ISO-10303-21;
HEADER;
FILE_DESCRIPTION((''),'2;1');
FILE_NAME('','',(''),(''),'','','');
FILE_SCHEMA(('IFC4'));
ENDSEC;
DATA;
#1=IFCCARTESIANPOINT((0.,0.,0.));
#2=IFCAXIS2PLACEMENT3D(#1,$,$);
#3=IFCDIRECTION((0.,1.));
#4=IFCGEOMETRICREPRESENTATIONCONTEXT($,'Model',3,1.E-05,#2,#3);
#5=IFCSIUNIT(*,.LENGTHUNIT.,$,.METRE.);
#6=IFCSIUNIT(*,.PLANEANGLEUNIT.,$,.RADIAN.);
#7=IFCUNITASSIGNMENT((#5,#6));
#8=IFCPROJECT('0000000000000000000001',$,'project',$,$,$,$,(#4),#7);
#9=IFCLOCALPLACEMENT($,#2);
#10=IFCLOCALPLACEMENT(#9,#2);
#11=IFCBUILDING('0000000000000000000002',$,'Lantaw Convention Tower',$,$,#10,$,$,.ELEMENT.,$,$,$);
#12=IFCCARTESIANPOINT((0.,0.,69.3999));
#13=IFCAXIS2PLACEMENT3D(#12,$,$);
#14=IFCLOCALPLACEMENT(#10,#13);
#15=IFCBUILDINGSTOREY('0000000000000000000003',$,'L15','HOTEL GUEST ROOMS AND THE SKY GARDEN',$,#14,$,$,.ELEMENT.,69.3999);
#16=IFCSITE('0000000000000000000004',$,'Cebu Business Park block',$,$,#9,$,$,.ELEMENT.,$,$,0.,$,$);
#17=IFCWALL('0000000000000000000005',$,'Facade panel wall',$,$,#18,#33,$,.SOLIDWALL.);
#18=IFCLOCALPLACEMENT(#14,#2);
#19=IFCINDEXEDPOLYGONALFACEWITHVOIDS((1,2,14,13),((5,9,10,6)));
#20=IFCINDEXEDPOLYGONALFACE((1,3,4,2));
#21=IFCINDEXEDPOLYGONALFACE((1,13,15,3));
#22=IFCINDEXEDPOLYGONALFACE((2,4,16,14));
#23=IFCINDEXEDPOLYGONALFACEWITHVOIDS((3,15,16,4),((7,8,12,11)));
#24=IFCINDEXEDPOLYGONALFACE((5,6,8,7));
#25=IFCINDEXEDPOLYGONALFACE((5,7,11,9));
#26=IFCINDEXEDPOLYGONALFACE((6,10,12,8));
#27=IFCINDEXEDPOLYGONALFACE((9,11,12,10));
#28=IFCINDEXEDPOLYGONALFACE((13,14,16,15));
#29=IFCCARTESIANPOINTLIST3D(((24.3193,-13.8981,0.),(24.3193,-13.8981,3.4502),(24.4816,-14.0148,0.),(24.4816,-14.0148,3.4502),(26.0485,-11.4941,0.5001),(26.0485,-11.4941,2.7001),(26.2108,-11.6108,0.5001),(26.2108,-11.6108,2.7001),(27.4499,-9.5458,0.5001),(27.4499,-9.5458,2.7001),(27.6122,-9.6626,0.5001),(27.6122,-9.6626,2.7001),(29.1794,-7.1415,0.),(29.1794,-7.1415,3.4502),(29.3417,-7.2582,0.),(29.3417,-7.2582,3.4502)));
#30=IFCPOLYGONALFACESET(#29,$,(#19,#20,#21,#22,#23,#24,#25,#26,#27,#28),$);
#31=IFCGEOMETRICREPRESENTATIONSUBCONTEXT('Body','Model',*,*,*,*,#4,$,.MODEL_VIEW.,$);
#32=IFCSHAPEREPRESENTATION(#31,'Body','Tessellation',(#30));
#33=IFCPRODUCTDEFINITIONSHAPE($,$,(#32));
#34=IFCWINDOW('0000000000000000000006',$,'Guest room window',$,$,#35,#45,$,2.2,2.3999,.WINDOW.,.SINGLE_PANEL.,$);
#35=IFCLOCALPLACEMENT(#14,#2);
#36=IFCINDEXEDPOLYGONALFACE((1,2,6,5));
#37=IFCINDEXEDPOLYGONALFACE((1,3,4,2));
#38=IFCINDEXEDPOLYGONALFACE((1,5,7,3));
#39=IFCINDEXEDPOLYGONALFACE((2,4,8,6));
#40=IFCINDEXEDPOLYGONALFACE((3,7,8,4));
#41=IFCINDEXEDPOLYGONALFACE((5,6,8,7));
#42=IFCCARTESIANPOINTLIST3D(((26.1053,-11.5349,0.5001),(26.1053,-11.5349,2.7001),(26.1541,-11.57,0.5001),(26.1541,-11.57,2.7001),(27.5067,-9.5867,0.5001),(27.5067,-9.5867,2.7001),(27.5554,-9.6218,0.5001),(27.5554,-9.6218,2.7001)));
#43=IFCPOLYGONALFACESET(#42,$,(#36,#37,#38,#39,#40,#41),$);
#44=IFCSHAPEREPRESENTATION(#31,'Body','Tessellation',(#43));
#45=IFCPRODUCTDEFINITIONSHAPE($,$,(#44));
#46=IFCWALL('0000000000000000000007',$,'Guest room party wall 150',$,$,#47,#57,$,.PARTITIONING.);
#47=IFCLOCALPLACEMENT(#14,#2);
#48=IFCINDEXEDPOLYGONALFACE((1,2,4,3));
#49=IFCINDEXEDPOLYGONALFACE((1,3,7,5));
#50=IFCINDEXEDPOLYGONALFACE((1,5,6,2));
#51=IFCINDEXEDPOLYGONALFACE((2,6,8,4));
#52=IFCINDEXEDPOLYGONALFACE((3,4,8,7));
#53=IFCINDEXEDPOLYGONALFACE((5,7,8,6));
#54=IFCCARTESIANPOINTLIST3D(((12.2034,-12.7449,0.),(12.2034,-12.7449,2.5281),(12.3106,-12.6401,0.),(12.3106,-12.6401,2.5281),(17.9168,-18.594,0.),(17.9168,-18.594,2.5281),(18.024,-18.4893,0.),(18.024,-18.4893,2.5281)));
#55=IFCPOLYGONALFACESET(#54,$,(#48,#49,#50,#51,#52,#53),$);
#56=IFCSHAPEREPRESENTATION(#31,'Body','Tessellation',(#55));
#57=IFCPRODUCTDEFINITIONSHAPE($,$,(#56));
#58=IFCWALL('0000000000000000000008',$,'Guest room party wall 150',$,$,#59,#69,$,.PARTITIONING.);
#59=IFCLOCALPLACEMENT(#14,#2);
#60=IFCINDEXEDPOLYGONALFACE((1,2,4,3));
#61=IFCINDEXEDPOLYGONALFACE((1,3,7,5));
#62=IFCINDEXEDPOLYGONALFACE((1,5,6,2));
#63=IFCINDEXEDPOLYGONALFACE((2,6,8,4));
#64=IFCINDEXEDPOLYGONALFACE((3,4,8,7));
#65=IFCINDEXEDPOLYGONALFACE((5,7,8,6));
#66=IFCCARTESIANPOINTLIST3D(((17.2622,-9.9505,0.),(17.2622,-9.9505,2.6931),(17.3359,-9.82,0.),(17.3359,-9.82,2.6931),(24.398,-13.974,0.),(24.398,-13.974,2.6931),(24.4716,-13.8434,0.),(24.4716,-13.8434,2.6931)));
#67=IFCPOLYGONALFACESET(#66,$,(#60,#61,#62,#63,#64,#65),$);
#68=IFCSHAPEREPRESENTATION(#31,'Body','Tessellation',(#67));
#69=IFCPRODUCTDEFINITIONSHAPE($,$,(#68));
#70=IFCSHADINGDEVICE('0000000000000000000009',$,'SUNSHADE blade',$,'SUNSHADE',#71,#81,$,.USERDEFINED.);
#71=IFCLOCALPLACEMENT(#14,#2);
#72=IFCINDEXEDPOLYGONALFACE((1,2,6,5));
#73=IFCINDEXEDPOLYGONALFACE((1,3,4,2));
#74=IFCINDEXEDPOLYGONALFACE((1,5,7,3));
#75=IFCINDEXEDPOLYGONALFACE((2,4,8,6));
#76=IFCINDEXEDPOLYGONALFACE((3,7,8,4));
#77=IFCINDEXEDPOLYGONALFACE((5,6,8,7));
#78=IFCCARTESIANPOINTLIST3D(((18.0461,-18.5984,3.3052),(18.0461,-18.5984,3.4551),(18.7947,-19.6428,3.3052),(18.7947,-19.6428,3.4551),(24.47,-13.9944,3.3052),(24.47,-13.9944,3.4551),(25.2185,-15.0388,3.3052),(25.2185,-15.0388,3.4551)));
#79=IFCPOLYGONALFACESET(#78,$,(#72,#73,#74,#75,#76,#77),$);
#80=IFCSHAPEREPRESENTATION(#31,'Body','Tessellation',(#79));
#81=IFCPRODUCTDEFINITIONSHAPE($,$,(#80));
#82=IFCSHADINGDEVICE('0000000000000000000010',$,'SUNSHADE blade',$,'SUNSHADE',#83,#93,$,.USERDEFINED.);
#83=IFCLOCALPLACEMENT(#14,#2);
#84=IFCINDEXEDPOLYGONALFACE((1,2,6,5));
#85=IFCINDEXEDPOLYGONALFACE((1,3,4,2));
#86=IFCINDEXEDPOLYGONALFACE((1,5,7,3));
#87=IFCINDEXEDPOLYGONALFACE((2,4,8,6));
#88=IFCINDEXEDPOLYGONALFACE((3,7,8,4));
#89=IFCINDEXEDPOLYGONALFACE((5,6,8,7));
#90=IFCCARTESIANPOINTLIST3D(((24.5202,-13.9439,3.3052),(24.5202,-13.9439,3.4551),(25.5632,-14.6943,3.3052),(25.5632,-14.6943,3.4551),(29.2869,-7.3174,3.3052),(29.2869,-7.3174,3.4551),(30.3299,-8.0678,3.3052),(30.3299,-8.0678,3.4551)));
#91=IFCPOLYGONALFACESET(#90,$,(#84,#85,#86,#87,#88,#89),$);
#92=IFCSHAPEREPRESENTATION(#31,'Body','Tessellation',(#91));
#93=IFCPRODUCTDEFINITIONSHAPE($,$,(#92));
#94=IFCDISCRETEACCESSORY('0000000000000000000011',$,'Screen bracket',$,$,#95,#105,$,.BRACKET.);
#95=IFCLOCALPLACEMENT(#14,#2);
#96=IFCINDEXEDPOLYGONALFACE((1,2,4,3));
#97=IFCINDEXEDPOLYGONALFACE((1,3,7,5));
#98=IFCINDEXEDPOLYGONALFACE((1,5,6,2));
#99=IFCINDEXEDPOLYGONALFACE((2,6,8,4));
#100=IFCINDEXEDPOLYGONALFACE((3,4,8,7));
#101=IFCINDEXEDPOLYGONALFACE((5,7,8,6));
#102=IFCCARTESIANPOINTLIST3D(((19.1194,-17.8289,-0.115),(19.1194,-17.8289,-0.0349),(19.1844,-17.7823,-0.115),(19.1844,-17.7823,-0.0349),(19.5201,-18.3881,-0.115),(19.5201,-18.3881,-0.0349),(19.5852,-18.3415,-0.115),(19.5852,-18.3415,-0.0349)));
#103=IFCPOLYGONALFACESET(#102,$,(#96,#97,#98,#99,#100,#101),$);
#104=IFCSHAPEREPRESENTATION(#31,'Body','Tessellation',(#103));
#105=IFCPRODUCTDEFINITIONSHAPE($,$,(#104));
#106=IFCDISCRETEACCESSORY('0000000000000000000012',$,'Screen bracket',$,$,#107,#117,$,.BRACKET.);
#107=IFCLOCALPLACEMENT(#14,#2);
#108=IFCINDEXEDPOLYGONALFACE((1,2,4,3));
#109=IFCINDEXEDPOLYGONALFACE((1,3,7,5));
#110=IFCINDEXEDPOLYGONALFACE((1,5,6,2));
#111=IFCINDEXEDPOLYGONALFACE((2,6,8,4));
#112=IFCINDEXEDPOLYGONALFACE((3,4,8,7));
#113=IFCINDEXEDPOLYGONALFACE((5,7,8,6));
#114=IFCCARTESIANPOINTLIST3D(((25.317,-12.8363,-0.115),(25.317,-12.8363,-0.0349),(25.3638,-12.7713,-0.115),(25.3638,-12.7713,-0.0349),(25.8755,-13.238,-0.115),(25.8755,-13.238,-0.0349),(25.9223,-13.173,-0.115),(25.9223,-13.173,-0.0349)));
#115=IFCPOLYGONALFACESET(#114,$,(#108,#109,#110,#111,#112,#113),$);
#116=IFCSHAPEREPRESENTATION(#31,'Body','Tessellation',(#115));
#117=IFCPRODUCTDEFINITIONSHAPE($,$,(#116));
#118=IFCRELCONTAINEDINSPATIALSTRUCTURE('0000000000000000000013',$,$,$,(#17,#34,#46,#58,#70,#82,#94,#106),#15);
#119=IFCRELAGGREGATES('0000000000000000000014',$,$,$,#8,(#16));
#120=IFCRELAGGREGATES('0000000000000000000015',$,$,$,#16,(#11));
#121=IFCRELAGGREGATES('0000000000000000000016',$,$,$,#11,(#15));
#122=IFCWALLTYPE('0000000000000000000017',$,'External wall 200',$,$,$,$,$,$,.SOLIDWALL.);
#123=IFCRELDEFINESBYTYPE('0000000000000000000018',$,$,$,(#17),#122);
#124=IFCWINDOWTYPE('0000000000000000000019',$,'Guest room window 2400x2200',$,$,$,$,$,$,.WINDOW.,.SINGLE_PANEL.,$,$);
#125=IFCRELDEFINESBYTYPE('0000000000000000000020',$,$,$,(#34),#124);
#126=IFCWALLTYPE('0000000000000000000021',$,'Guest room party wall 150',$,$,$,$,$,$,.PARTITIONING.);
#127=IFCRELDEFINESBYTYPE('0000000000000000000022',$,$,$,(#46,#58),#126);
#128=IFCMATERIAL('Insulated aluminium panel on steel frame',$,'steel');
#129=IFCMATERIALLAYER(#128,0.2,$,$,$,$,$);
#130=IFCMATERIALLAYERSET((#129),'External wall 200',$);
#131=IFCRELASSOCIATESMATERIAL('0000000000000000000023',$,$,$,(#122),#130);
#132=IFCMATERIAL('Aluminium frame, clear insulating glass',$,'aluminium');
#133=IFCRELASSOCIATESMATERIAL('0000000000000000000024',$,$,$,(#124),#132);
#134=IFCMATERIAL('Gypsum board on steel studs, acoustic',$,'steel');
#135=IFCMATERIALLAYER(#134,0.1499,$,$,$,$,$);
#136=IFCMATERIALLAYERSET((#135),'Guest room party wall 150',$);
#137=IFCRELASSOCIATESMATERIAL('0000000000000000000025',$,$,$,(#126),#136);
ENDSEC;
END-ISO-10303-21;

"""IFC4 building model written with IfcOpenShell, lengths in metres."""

from ifc_helpers import new_model, si_unit, direction, frame, frame_2d, origin, origin_2d, place, context, subcontext, project, spatial, rectangle, extrude, material, layer, layer_set, type_object, element, fill, save


model = new_model("IFC4")

# Units and contexts
model_context = context("Model", 3, precision=1e-05, world=origin(), true_north=direction((0.0, 1.0)))
body_context = subcontext(model_context, "Body", "Model", "MODEL_VIEW")
ifc_project = project(units=[si_unit("LENGTHUNIT", "METRE"), si_unit("PLANEANGLEUNIT", "RADIAN")], contexts=[model_context])

# Site, building, storey
site_placement = place(None, origin())
site = spatial("IfcSite", under=ifc_project, at=site_placement, Name="Cebu Business Park block", CompositionType="ELEMENT", RefElevation=0.0)
building_placement = place(site_placement, origin())
building = spatial("IfcBuilding", under=site, at=building_placement, Name="Lantaw Convention Tower", CompositionType="ELEMENT")
storey_placement = place(building_placement, frame((0.0, 0.0, 69.3999)))
storey = spatial("IfcBuildingStorey", under=building, at=storey_placement, Name="L15", Description="HOTEL GUEST ROOMS AND THE SKY GARDEN", CompositionType="ELEMENT", Elevation=69.3999)

# Wall, opening, window
ifc_material_1 = material(Name="Insulated aluminium panel on steel frame", Category="steel")
ifc_layer_1 = layer(ifc_material_1, 0.2)
ifc_layer_set_1 = layer_set([ifc_layer_1], Name="External wall 200")
wall_type_1 = type_object("IfcWallType", Name="External wall 200", PredefinedType="SOLIDWALL", material=ifc_layer_set_1)
ifc_material_2 = material(Name="Aluminium frame, clear insulating glass", Category="aluminium")
window_type = type_object("IfcWindowType", Name="Guest room window 2400x2200", PartitioningType="SINGLE_PANEL", PredefinedType="WINDOW", material=ifc_material_2)
wall_1_placement = place(storey_placement, frame((24.4004, -13.9565, 0.0), z_axis=(0.0, 0.0, 1.0), x_axis=(0.583938, 0.811799, 0.0)))
wall_1 = element("IfcWall", 1, at=wall_1_placement, inside=storey, type_object=wall_type_1, Name="Facade panel wall", PredefinedType="SOLIDWALL", context=body_context, shape_type="SweptSolid", body=[
    extrude(rectangle(XDim=8.323, YDim=0.2, at=frame_2d((4.1616, 0.0))), origin(), (0.0, 0.0, 1.0), 3.4502),
])
opening_1_placement = place(wall_1_placement, frame((2.9614, 0.0, 0.5)))
opening_1 = element("IfcOpeningElement", 2, at=opening_1_placement, cuts=wall_1, PredefinedType="OPENING", context=body_context, shape_type="SweptSolid", body=[
    extrude(rectangle(XDim=2.3999, YDim=2.2, at=frame_2d((1.2, 1.1001))), frame((0.0, 0.1099, 0.0), z_axis=(0.0, -1.0, 0.0), x_axis=(1.0, 0.0, 0.0)), (0.0, 0.0, 1.0), 0.22),
])
window_1_placement = place(opening_1_placement, origin())
window_1 = element("IfcWindow", 3, at=window_1_placement, inside=storey, type_object=window_type, Name="Guest room window", OverallHeight=2.2, OverallWidth=2.3999, PartitioningType="SINGLE_PANEL", PredefinedType="WINDOW", context=body_context, shape_type="SweptSolid", body=[
    extrude(rectangle(XDim=2.3999, YDim=2.2, at=frame_2d((1.2, 1.1001))), frame((0.0, 0.03, 0.0), z_axis=(0.0, -1.0, 0.0), x_axis=(1.0, 0.0, 0.0)), (0.0, 0.0, 1.0), 0.0601),
])
fill(opening_1, window_1)

# Walls
ifc_material_3 = material(Name="Gypsum board on steel studs, acoustic", Category="steel")
ifc_layer_2 = layer(ifc_material_3, 0.1499)
ifc_layer_set_2 = layer_set([ifc_layer_2], Name="Guest room party wall 150")
wall_type_2 = type_object("IfcWallType", Name="Guest room party wall 150", PredefinedType="PARTITIONING", material=ifc_layer_set_2)
wall_2_placement = place(storey_placement, frame((17.9705, -18.5417, 0.0), z_axis=(0.0, 0.0, 1.0), x_axis=(-0.698757, 0.715359, 0.0)))
element("IfcWall", 4, at=wall_2_placement, inside=storey, type_object=wall_type_2, Name="Guest room party wall 150", PredefinedType="PARTITIONING", context=body_context, shape_type="SweptSolid", body=[
    extrude(rectangle(XDim=8.1765, YDim=0.1499, at=frame_2d((4.0884, 0.0))), origin(), (0.0, 0.0, 1.0), 2.5281),
])
wall_3_placement = place(storey_placement, frame((24.4348, -13.9087, 0.0), z_axis=(0.0, 0.0, 1.0), x_axis=(-0.871075, 0.49115, 0.0)))
element("IfcWall", 5, at=wall_3_placement, inside=storey, type_object=wall_type_2, Name="Guest room party wall 150", PredefinedType="PARTITIONING", context=body_context, shape_type="SweptSolid", body=[
    extrude(rectangle(XDim=8.1919, YDim=0.1499, at=frame_2d((4.0959, 0.0))), origin(), (0.0, 0.0, 1.0), 2.6931),
])

# Shading devices
shading_device_1_placement = place(storey_placement, frame((21.6323, -16.8186, 3.3052), z_axis=(0.0, 0.0, 1.0), x_axis=(0.812804, 0.582538, 0.0)))
element("IfcShadingDevice", 6, at=shading_device_1_placement, inside=storey, Name="SUNSHADE blade", ObjectType="SUNSHADE", PredefinedType="USERDEFINED", context=body_context, shape_type="SweptSolid", body=[
    extrude(rectangle(XDim=7.9033, YDim=1.2849, at=origin_2d()), origin(), (0.0, 0.0, 1.0), 0.1499),
])
shading_device_2_placement = place(storey_placement, frame((27.425, -11.0059, 3.3052), z_axis=(0.0, 0.0, 1.0), x_axis=(0.583951, 0.811789, 0.0)))
element("IfcShadingDevice", 7, at=shading_device_2_placement, inside=storey, Name="SUNSHADE blade", ObjectType="SUNSHADE", PredefinedType="USERDEFINED", context=body_context, shape_type="SweptSolid", body=[
    extrude(rectangle(XDim=8.1628, YDim=1.2849, at=origin_2d()), origin(), (0.0, 0.0, 1.0), 0.1499),
])

# Discrete accessories
for number, where, z_axis, x_axis, name in (
    (8, (19.3523, -18.0852, -0.115), (0.0, 0.0, 1.0), (0.812804, 0.582538, 0.0), "Screen bracket"),
    (9, (25.6196, -13.0046, -0.115), (0.0, 0.0, 1.0), (0.583951, 0.811789, 0.0), "Screen bracket"),
):
    element("IfcDiscreteAccessory", number, at=place(storey_placement, frame(where, z_axis=z_axis, x_axis=x_axis)), inside=storey, Name=name, PredefinedType="BRACKET", context=body_context, shape_type="SweptSolid", body=[
        extrude(rectangle(XDim=0.0801, YDim=0.688, at=origin_2d()), origin(), (0.0, 0.0, 1.0), 0.0801),
    ])

save(model, "model.ifc")
